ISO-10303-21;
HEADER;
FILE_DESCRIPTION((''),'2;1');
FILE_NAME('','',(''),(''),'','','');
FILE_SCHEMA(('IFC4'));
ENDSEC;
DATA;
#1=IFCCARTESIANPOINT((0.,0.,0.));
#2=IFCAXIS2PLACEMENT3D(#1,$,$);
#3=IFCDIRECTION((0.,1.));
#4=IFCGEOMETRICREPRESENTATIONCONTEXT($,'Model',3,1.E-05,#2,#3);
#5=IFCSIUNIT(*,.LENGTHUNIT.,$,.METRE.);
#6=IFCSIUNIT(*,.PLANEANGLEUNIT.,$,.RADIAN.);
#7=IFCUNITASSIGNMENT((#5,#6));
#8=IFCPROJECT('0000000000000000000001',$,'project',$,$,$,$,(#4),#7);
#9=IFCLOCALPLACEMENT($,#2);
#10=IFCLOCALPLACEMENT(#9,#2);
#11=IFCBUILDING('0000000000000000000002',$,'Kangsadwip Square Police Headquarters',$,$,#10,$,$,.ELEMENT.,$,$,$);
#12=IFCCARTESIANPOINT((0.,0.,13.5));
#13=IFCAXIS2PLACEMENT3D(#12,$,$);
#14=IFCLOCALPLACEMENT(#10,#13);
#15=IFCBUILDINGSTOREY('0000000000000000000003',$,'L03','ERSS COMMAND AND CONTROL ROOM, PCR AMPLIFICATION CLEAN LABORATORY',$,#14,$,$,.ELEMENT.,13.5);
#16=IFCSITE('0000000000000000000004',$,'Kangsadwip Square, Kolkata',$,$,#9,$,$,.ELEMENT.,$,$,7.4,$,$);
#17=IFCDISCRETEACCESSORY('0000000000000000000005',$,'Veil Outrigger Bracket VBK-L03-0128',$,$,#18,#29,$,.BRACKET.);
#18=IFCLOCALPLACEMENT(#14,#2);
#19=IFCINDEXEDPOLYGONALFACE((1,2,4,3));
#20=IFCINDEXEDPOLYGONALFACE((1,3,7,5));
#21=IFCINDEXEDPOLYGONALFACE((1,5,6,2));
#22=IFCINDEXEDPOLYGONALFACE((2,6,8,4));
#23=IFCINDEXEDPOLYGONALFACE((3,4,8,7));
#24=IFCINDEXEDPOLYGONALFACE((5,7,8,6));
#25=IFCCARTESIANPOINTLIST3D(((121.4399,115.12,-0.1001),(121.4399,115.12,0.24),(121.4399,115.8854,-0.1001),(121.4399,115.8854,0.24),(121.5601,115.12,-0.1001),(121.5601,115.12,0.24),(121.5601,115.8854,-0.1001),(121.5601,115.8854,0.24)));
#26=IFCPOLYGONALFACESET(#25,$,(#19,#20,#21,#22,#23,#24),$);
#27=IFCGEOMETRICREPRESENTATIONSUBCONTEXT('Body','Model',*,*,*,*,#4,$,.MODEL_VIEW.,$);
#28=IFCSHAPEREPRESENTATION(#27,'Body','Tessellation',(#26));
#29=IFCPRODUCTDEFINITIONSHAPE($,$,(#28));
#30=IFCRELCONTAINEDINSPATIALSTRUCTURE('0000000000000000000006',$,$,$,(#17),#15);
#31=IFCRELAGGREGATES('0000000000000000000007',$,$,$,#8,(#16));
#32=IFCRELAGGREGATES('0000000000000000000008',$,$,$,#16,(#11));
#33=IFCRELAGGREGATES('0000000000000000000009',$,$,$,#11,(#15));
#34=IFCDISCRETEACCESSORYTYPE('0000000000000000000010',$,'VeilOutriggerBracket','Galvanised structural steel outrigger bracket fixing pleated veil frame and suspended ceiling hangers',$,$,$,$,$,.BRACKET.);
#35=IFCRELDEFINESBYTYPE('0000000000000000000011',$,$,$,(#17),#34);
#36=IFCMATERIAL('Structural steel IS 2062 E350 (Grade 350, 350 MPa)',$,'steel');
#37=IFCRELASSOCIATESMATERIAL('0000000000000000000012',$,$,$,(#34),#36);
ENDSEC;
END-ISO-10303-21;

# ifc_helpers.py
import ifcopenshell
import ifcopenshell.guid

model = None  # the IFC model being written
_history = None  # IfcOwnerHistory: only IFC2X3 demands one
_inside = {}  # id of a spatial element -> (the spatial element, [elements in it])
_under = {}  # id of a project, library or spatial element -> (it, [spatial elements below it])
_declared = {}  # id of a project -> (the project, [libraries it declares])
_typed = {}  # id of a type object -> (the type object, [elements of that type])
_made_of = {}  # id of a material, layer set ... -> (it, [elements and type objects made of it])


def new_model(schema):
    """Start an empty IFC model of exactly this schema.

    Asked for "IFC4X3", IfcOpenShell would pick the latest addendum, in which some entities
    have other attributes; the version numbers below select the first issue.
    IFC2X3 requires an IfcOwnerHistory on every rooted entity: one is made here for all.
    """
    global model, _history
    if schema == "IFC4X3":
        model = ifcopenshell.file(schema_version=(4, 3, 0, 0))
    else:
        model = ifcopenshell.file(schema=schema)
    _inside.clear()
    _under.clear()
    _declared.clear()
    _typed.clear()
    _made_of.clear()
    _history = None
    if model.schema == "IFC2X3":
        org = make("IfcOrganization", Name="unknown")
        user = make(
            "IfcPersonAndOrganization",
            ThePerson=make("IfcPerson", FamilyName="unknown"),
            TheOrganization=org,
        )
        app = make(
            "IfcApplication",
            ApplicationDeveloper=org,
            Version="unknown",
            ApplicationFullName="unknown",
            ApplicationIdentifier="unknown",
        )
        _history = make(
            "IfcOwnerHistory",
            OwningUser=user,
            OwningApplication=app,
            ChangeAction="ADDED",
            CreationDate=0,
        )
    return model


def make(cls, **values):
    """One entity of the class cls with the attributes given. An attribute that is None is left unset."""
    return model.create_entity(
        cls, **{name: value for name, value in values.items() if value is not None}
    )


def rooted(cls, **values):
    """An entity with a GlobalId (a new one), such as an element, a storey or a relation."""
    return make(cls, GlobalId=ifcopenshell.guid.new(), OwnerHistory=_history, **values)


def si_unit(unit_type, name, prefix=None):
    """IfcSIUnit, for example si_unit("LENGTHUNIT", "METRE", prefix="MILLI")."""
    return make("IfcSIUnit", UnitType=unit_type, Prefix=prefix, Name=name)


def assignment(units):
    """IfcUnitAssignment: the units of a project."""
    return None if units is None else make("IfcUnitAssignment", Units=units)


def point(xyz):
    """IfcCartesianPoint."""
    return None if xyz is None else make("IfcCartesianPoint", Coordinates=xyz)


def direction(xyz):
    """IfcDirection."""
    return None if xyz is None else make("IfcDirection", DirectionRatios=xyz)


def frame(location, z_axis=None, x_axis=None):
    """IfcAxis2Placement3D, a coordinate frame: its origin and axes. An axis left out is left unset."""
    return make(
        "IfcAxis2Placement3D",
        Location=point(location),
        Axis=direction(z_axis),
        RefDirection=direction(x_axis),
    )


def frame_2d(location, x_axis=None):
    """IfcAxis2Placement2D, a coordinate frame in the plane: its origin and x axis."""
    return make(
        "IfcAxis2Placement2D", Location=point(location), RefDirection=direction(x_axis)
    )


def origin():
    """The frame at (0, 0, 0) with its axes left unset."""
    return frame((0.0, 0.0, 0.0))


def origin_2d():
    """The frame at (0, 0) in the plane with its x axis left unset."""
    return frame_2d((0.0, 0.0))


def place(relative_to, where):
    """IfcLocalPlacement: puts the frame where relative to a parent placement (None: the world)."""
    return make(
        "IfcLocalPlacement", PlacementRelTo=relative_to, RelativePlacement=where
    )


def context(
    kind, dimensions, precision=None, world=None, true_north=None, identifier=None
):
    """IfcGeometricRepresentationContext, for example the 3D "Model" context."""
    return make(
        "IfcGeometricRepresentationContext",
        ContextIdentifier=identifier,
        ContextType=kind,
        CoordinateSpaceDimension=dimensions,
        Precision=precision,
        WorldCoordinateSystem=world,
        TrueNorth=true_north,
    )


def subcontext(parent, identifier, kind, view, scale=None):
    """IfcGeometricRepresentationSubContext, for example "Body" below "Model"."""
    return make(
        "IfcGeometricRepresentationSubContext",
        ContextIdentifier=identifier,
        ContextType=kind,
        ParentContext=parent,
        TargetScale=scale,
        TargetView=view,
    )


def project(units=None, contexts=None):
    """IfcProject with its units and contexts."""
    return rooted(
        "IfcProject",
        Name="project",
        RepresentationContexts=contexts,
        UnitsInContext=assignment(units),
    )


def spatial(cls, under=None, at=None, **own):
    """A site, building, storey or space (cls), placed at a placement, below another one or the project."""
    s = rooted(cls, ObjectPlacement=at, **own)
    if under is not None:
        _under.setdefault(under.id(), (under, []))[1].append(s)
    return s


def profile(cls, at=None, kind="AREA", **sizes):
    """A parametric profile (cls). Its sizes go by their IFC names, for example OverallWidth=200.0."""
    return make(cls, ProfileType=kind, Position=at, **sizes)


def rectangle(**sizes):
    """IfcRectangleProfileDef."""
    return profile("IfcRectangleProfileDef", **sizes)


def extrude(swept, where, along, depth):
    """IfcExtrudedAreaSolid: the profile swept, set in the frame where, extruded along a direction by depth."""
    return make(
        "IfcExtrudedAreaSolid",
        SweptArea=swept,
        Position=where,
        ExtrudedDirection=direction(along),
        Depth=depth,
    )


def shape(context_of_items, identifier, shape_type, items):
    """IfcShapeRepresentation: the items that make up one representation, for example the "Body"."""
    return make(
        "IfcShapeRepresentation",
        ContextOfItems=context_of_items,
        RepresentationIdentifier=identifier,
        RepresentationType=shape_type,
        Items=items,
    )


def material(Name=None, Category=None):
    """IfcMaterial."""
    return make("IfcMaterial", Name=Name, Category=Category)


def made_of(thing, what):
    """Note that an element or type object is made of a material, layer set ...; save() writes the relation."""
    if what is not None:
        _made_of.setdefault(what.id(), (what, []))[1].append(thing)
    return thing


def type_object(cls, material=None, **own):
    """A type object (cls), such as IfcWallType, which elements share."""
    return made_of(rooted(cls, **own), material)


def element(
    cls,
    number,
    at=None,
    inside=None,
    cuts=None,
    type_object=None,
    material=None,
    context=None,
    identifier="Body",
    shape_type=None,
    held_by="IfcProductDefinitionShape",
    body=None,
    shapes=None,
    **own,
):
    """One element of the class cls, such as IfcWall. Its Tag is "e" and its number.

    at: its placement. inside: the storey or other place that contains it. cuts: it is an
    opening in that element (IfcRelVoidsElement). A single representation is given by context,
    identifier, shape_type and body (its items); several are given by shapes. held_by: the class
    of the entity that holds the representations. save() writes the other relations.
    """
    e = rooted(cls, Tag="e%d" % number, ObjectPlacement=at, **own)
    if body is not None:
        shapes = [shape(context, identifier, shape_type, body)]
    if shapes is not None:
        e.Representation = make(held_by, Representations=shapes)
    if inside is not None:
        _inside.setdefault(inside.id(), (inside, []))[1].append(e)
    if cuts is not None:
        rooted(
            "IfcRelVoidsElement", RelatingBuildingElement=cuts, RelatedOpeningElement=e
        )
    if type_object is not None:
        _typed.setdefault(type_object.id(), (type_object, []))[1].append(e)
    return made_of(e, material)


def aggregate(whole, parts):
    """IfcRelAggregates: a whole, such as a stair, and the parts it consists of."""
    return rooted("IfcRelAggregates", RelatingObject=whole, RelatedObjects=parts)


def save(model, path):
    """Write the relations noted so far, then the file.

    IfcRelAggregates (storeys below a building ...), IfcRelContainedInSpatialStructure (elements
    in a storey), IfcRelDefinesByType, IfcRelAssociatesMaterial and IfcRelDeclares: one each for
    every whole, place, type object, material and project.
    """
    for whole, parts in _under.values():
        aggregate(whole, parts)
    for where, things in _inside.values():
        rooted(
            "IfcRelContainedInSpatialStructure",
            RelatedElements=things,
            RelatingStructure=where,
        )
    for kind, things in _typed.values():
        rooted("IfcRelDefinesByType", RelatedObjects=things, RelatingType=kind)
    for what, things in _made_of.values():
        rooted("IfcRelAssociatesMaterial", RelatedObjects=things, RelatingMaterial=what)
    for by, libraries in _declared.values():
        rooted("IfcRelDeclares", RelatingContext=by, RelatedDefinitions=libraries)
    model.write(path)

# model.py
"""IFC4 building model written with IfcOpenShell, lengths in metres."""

from ifc_helpers import new_model, si_unit, direction, frame, origin, origin_2d, place, context, subcontext, project, spatial, rectangle, extrude, material, type_object, element, save


model = new_model("IFC4")

# Units and contexts
model_context = context("Model", 3, precision=1e-05, world=origin(), true_north=direction((0.0, 1.0)))
body_context = subcontext(model_context, "Body", "Model", "MODEL_VIEW")
ifc_project = project(units=[si_unit("LENGTHUNIT", "METRE"), si_unit("PLANEANGLEUNIT", "RADIAN")], contexts=[model_context])

# Site, building, storey
site_placement = place(None, origin())
site = spatial("IfcSite", under=ifc_project, at=site_placement, Name="Kangsadwip Square, Kolkata", CompositionType="ELEMENT", RefElevation=7.4)
building_placement = place(site_placement, origin())
building = spatial("IfcBuilding", under=site, at=building_placement, Name="Kangsadwip Square Police Headquarters", CompositionType="ELEMENT")
storey_placement = place(building_placement, frame((0.0, 0.0, 13.5)))
storey = spatial("IfcBuildingStorey", under=building, at=storey_placement, Name="L03", Description="ERSS COMMAND AND CONTROL ROOM, PCR AMPLIFICATION CLEAN LABORATORY", CompositionType="ELEMENT", Elevation=13.5)

# Discrete accessory
ifc_material_1 = material(Name="Structural steel IS 2062 E350 (Grade 350, 350 MPa)", Category="steel")
discrete_accessory_type = type_object("IfcDiscreteAccessoryType", Name="VeilOutriggerBracket", Description="Galvanised structural steel outrigger bracket fixing pleated veil frame and suspended ceiling hangers", PredefinedType="BRACKET", material=ifc_material_1)
discrete_accessory_1_placement = place(storey_placement, frame((121.5, 115.5027, -0.1001), z_axis=(0.0, 0.0, 1.0), x_axis=(1.0, 0.0, 0.0)))
element("IfcDiscreteAccessory", 1, at=discrete_accessory_1_placement, inside=storey, type_object=discrete_accessory_type, Name="Veil Outrigger Bracket VBK-L03-0128", PredefinedType="BRACKET", context=body_context, shape_type="SweptSolid", body=[
    extrude(rectangle(XDim=0.1201, YDim=0.7654, at=origin_2d()), origin(), (0.0, 0.0, 1.0), 0.3401),
])

save(model, "model.ifc")
